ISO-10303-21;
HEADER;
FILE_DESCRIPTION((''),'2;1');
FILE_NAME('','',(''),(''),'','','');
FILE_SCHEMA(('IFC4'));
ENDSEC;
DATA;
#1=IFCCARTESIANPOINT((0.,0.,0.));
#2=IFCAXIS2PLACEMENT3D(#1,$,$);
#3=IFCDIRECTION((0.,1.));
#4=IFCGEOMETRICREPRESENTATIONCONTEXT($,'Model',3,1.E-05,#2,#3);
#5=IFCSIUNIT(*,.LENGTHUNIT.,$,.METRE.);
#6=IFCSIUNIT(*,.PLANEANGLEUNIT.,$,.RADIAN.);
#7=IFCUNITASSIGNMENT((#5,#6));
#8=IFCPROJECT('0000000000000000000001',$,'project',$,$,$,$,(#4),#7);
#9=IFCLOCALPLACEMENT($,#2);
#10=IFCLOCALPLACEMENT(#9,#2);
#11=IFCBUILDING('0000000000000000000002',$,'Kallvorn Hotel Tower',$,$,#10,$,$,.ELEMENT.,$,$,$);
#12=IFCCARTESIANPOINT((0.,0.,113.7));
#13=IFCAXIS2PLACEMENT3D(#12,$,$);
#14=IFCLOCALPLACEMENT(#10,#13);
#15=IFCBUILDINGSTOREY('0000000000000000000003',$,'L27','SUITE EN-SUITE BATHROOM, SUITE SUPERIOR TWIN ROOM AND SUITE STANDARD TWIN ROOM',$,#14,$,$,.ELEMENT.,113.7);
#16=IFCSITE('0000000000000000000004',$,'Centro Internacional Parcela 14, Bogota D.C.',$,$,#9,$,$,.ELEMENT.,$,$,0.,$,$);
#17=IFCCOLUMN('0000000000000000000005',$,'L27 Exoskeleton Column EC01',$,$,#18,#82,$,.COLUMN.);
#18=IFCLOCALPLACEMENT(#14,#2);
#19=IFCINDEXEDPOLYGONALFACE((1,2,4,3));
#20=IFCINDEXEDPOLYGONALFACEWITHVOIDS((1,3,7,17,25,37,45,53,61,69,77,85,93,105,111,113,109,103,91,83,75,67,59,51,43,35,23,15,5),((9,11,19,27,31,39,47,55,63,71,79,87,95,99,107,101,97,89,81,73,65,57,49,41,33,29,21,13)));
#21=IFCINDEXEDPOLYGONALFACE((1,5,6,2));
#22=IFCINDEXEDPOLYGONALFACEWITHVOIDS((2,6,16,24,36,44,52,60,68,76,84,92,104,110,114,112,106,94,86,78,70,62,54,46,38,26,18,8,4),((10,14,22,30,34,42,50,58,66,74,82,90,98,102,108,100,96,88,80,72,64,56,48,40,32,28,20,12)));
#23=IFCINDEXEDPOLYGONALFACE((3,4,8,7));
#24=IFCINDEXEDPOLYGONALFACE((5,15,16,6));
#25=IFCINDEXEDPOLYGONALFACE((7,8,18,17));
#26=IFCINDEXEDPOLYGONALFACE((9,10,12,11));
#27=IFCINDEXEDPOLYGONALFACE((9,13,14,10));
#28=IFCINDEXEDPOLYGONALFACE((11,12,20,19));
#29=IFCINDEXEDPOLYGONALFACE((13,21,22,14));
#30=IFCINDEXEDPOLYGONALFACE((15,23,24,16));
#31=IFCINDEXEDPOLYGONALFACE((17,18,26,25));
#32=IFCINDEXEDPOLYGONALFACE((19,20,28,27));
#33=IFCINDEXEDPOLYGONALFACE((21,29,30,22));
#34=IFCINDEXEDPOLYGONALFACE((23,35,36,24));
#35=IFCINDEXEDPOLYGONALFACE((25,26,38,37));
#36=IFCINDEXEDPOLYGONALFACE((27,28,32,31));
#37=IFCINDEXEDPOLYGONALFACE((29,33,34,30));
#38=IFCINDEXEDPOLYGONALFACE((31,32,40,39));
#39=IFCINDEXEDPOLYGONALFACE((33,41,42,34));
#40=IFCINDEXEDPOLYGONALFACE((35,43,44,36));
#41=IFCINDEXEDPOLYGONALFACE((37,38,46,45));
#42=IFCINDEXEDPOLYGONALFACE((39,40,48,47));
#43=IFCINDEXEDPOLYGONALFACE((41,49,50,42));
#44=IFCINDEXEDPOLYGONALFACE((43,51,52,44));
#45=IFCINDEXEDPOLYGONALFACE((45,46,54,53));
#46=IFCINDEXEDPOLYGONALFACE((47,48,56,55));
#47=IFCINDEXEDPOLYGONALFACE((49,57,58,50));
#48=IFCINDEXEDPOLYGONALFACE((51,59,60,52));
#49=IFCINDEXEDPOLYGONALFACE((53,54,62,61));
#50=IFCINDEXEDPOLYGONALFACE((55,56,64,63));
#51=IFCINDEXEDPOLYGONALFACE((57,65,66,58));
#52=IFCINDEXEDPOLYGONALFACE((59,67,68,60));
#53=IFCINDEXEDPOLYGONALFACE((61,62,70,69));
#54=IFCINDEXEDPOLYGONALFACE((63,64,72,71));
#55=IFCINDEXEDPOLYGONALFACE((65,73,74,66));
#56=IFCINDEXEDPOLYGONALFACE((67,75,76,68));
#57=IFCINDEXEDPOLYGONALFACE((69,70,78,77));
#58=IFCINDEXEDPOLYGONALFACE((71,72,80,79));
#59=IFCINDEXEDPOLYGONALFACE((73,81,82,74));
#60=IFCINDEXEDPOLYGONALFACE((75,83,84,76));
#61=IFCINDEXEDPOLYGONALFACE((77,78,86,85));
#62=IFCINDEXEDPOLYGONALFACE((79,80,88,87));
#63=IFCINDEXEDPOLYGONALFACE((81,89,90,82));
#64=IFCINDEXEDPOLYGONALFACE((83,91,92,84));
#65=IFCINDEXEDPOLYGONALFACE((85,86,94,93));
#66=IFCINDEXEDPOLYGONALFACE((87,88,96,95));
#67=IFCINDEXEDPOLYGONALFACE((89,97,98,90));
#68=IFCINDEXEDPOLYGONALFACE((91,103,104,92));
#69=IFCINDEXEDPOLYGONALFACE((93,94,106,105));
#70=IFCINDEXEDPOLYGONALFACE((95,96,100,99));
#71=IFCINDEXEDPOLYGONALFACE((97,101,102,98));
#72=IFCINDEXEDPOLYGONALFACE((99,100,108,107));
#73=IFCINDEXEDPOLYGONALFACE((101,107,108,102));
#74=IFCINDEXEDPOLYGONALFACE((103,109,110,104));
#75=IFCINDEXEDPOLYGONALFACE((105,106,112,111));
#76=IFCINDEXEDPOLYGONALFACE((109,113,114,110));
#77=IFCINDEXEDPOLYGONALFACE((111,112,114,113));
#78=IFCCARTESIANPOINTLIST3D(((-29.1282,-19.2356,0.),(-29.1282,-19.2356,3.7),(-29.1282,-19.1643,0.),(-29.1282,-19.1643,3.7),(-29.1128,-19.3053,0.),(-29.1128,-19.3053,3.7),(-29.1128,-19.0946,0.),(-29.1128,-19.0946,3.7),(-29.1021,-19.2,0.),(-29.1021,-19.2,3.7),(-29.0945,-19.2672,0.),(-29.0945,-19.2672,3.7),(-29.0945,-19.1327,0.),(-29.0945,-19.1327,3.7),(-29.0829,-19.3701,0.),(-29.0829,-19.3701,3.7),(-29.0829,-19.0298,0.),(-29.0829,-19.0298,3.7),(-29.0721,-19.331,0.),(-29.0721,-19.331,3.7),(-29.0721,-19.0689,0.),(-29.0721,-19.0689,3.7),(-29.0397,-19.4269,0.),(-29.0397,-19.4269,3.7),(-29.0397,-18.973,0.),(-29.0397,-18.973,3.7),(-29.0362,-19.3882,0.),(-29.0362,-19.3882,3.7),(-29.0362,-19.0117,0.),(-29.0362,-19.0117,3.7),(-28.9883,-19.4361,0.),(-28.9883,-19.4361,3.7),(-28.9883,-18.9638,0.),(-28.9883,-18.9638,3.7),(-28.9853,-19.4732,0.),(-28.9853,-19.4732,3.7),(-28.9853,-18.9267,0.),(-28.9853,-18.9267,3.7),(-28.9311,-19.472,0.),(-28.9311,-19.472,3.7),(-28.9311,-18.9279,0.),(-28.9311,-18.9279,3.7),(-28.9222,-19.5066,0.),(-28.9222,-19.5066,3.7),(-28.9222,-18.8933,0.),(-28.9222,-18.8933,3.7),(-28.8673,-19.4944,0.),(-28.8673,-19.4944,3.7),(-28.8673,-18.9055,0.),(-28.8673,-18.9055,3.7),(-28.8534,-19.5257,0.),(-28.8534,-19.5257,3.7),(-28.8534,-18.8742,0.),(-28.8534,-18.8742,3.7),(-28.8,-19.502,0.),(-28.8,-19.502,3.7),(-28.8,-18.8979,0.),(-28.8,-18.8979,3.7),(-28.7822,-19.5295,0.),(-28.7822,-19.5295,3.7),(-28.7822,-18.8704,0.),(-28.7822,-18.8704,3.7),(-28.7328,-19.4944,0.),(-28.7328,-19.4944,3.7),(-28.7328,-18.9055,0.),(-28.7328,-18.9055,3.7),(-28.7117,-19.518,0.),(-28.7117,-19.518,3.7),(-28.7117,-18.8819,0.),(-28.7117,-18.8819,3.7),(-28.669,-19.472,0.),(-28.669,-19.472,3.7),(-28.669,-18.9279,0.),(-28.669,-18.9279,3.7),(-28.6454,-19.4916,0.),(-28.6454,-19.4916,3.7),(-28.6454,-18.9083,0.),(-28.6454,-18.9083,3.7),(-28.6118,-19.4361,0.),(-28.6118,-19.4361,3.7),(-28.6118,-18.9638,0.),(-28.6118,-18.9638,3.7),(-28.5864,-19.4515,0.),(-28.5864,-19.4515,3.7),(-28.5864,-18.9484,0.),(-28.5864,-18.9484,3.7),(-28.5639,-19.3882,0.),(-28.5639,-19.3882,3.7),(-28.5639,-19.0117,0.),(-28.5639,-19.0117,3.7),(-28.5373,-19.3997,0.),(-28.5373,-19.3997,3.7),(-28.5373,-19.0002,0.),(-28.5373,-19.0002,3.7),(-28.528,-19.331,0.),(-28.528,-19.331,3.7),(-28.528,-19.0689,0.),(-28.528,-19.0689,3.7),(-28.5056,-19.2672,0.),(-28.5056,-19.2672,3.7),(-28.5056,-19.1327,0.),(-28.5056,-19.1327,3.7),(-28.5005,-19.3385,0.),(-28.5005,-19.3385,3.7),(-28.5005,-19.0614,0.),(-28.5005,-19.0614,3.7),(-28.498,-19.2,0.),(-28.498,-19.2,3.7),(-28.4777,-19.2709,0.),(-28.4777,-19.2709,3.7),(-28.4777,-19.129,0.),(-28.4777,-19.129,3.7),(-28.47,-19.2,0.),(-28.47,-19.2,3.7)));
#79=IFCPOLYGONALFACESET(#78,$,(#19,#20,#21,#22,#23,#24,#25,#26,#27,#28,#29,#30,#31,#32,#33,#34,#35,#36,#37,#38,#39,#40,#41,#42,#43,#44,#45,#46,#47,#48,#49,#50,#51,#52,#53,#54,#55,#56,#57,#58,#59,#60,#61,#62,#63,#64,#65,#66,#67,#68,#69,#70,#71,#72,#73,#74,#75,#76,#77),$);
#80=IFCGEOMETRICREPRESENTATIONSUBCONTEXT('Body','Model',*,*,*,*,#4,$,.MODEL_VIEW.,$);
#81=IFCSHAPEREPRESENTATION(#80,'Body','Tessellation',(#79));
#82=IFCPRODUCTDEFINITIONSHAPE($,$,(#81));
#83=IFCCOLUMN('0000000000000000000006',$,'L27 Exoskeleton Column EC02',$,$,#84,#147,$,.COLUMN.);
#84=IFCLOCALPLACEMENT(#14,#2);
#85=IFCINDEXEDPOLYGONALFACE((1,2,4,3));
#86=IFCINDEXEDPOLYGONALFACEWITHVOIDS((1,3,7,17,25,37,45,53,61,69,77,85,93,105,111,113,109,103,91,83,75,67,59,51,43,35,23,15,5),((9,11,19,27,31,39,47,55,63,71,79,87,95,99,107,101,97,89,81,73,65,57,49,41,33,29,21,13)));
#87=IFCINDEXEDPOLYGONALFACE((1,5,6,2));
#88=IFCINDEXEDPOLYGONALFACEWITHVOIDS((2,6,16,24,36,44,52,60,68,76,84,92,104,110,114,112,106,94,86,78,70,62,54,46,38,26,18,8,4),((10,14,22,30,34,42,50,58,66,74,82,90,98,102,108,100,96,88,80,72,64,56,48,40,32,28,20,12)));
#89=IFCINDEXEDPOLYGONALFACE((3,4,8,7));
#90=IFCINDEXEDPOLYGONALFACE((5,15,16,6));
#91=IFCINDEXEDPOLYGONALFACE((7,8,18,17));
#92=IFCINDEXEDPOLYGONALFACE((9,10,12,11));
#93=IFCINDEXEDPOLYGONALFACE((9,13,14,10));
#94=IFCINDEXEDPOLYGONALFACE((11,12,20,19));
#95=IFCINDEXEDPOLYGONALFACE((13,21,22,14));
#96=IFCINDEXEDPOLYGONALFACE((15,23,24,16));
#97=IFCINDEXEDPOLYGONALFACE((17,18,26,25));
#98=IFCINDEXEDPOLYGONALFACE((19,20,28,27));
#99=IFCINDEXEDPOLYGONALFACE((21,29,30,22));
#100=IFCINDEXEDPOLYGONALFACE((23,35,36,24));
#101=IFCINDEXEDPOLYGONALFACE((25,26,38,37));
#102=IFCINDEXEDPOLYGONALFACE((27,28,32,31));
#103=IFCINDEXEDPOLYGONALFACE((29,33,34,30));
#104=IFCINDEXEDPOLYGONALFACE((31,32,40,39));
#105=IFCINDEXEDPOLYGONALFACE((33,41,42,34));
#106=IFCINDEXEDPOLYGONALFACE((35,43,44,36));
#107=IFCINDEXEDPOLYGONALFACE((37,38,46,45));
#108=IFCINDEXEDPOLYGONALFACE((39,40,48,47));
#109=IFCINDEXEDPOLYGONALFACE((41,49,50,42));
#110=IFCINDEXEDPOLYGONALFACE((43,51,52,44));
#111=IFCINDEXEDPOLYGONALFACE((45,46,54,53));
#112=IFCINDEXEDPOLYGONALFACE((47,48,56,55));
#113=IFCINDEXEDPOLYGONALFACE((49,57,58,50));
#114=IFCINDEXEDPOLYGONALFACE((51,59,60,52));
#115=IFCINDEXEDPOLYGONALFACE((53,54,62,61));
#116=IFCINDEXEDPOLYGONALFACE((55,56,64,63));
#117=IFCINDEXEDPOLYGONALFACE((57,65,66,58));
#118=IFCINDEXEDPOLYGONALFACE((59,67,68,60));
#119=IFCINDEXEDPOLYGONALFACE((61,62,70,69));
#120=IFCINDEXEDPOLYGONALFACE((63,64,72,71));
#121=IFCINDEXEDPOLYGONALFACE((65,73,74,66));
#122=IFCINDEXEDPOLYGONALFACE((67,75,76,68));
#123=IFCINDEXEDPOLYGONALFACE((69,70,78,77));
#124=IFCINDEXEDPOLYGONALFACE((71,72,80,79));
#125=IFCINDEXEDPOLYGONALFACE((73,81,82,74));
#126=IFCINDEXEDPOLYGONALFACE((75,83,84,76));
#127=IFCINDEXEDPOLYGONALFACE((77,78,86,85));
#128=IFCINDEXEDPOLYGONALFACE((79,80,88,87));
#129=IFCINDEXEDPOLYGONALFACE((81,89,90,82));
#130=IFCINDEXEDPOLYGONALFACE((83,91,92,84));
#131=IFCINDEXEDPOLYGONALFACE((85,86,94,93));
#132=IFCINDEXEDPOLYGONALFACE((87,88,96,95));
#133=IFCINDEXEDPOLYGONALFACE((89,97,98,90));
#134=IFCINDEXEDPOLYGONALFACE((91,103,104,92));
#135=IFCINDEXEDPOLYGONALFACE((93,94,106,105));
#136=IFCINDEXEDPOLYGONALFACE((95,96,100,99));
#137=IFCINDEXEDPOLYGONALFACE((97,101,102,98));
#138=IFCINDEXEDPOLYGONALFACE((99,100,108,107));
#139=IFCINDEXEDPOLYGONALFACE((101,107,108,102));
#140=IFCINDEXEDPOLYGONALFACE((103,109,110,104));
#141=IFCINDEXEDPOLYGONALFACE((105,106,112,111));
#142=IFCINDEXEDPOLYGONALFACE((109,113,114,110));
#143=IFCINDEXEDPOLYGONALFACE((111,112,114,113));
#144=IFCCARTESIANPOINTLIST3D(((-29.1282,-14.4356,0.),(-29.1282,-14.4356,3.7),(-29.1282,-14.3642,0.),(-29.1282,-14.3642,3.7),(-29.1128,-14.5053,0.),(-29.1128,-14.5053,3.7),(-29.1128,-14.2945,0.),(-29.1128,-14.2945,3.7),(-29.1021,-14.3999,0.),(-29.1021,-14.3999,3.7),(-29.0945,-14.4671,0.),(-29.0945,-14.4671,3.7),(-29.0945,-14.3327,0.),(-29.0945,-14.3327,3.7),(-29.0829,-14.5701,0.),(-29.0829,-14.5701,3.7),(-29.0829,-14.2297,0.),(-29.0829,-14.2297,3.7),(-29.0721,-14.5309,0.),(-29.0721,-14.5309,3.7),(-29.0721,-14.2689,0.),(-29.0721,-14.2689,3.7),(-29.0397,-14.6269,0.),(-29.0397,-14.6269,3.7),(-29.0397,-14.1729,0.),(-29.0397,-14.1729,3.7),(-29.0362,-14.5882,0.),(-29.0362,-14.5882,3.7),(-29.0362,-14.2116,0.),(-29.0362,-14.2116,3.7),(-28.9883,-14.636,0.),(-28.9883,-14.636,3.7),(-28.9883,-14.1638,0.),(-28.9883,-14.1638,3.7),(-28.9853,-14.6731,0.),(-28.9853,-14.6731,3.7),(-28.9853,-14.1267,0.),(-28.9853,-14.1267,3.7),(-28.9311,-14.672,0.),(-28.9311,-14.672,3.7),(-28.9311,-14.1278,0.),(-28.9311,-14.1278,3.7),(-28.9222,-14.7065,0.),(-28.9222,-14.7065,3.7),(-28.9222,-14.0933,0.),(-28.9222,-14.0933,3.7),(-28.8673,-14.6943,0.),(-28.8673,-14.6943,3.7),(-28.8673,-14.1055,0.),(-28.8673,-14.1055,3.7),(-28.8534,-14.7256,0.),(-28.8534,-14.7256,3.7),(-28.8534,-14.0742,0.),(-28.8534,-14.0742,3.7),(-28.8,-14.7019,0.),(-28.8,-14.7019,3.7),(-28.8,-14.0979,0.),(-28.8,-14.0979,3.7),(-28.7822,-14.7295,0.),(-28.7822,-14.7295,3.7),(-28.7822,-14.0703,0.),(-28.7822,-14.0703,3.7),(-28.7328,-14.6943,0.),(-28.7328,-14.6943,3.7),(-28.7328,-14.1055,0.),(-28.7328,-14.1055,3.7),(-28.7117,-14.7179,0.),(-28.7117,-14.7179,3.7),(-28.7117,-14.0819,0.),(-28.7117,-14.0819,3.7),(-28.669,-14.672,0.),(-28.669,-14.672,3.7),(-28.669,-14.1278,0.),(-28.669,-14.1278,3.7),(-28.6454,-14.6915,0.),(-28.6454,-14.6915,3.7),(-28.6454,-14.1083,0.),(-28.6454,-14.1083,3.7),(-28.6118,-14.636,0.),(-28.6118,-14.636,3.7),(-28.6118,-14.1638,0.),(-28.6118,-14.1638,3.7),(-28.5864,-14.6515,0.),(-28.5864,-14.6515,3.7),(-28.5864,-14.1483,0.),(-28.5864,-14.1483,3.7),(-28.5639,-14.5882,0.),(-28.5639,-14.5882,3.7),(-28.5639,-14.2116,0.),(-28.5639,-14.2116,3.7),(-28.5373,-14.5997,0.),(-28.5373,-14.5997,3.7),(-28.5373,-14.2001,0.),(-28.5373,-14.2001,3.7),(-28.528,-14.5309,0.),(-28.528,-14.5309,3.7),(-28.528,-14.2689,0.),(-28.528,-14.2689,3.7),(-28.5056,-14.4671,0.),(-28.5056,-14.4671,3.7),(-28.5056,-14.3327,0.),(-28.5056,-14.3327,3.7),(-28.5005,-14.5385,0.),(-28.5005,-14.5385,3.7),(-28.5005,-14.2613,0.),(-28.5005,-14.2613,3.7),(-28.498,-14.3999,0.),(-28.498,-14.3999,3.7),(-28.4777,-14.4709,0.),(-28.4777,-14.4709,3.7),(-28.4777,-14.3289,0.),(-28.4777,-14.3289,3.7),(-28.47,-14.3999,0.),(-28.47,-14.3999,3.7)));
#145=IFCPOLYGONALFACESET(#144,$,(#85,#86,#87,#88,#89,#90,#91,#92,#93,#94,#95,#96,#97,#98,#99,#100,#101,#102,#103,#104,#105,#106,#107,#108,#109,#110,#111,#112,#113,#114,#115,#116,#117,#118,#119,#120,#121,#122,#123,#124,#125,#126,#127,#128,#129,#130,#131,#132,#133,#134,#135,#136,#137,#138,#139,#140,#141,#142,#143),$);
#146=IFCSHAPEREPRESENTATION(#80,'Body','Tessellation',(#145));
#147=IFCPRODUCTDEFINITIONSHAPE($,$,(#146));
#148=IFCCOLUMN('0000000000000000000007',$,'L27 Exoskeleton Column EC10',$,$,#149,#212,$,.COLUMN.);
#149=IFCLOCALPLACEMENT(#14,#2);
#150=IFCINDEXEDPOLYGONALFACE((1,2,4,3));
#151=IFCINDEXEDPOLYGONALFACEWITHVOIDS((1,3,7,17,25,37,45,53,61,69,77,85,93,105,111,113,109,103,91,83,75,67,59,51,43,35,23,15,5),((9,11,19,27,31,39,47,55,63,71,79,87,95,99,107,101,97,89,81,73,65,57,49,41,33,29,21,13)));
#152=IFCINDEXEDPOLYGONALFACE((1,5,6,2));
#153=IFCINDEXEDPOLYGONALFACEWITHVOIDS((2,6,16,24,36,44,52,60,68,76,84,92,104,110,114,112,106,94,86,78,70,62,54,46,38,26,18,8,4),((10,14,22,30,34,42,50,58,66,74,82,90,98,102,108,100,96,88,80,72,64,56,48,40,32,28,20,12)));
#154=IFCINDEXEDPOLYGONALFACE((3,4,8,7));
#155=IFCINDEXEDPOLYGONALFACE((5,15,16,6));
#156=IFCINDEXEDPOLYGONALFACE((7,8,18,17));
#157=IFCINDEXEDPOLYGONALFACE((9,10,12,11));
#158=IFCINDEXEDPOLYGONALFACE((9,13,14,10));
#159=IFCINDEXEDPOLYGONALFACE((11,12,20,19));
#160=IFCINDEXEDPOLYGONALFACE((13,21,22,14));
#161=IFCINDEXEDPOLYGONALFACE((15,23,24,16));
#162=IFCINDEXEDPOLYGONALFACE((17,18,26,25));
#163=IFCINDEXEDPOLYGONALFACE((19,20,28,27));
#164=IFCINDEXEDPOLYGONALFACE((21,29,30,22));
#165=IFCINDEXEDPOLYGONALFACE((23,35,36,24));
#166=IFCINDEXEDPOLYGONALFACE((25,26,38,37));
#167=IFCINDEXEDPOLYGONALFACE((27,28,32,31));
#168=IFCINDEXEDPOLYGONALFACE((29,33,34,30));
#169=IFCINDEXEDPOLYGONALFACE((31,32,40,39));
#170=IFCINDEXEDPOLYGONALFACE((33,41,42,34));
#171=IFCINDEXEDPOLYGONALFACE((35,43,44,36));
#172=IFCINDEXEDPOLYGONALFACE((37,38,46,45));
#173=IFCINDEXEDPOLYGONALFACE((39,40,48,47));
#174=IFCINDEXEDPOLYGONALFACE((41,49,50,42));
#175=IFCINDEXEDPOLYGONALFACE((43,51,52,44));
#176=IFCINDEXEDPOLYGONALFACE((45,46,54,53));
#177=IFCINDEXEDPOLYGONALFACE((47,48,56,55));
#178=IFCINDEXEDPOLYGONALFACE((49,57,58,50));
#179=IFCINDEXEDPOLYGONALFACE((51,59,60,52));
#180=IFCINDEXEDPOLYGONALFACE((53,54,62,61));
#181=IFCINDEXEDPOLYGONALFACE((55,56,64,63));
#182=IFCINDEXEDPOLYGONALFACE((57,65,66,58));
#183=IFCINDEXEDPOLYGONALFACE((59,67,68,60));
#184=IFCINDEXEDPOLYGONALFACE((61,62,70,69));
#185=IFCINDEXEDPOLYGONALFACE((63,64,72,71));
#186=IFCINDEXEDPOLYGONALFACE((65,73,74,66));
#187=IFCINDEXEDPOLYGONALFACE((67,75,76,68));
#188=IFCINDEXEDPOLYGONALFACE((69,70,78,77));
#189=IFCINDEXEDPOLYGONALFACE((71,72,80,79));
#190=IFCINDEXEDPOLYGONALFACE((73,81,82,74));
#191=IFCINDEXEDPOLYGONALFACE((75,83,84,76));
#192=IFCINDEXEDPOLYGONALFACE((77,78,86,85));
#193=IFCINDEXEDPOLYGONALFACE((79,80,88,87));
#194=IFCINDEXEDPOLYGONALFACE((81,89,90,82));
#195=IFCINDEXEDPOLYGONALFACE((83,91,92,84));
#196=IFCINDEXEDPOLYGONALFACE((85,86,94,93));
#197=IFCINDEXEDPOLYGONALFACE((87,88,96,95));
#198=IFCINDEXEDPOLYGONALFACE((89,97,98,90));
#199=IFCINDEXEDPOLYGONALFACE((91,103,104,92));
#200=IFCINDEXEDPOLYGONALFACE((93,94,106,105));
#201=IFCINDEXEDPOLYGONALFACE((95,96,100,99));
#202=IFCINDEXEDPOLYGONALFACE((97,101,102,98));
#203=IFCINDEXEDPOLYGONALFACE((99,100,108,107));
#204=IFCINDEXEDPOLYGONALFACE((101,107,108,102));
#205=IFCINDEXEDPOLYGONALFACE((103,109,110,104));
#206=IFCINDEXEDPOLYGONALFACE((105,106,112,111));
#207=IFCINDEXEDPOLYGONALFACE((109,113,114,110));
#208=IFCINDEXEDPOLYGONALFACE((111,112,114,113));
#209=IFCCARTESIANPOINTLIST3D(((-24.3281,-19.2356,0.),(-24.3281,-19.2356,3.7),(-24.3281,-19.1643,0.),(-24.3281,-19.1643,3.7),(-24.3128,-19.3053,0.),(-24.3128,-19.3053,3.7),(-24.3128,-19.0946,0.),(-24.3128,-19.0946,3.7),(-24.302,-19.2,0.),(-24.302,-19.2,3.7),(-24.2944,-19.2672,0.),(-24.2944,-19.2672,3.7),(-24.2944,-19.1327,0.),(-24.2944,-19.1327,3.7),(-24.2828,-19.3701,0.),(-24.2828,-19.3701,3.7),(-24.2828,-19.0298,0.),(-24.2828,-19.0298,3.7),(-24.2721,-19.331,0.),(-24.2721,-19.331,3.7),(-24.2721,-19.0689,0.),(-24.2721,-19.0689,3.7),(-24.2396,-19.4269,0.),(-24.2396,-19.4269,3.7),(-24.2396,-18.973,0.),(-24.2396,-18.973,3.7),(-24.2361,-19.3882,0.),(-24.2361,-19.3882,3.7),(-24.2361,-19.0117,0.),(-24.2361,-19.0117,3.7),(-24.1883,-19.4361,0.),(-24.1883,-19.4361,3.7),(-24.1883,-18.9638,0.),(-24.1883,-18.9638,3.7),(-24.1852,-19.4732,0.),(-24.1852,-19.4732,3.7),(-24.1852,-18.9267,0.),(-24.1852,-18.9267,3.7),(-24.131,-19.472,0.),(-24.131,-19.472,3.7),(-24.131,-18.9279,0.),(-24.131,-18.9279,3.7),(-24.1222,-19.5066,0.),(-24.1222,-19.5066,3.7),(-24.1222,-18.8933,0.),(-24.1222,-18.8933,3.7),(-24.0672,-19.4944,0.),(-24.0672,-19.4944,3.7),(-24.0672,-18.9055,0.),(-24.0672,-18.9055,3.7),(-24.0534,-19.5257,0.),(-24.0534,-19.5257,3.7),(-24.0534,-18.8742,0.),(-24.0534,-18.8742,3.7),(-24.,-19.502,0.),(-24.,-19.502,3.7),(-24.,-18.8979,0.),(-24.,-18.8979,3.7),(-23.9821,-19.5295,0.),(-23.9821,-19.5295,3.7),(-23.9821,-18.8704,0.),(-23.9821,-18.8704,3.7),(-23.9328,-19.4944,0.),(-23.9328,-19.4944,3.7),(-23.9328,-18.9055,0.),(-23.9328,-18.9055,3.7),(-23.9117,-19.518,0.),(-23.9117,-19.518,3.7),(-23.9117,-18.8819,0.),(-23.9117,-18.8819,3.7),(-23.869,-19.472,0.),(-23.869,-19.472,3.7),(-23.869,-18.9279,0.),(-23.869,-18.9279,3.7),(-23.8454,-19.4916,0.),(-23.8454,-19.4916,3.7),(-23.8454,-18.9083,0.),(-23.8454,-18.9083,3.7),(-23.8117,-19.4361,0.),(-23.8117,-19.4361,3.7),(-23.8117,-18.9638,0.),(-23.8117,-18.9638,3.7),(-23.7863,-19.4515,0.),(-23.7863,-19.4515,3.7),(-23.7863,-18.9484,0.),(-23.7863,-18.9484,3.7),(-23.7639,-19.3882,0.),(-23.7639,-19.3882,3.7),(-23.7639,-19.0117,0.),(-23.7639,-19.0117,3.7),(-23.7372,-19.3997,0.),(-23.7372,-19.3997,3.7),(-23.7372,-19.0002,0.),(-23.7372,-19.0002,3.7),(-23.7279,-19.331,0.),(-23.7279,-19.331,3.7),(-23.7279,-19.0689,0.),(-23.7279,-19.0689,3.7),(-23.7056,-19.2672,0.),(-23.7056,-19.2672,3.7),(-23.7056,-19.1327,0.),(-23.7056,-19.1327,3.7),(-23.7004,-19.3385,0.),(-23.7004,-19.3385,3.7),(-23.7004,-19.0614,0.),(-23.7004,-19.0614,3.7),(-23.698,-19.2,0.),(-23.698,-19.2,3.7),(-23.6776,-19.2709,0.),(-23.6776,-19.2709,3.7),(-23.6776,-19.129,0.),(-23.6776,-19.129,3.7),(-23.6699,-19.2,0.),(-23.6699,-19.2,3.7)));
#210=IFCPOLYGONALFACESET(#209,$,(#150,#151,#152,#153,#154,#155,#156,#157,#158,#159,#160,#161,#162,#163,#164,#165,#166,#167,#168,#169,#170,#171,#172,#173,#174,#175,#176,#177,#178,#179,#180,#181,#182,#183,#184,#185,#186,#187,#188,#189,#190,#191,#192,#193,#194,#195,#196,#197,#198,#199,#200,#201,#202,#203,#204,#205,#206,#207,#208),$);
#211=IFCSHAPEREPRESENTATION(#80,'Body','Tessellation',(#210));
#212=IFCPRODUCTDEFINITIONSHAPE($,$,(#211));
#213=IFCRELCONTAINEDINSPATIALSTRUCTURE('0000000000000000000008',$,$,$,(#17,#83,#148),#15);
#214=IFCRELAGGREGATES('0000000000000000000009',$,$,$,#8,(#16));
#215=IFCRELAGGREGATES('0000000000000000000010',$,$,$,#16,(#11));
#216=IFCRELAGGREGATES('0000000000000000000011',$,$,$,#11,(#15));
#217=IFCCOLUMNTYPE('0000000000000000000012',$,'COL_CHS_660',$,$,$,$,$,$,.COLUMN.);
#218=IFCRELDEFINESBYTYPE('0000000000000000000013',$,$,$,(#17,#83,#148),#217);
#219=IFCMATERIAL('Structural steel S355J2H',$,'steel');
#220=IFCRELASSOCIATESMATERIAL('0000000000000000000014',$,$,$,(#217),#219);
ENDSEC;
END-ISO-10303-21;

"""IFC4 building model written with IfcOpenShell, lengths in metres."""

from ifc_helpers import new_model, si_unit, direction, frame, origin, origin_2d, place, context, subcontext, project, spatial, hollow_circle, extrude, material, material_profile, profile_set, type_object, element, save


model = new_model("IFC4")

# Units and contexts
model_context = context("Model", 3, precision=1e-05, world=origin(), true_north=direction((0.0, 1.0)))
body_context = subcontext(model_context, "Body", "Model", "MODEL_VIEW")
ifc_project = project(units=[si_unit("LENGTHUNIT", "METRE"), si_unit("PLANEANGLEUNIT", "RADIAN")], contexts=[model_context])

# Site, building, storey
site_placement = place(None, origin())
site = spatial("IfcSite", under=ifc_project, at=site_placement, Name="Centro Internacional Parcela 14, Bogota D.C.", CompositionType="ELEMENT", RefElevation=0.0)
building_placement = place(site_placement, origin())
building = spatial("IfcBuilding", under=site, at=building_placement, Name="Kallvorn Hotel Tower", CompositionType="ELEMENT")
storey_placement = place(building_placement, frame((0.0, 0.0, 113.7)))
storey = spatial("IfcBuildingStorey", under=building, at=storey_placement, Name="L27", Description="SUITE EN-SUITE BATHROOM, SUITE SUPERIOR TWIN ROOM AND SUITE STANDARD TWIN ROOM", CompositionType="ELEMENT", Elevation=113.7)

# Columns
ifc_material_1 = material(Name="Structural steel S355J2H", Category="steel")
ifc_material_profile_1 = material_profile(ifc_material_1, hollow_circle(Radius=0.3301, WallThickness=0.0281, at=origin_2d()), Name="CHS 660x28")
ifc_profile_set_1 = profile_set([ifc_material_profile_1], Name="Structural steel S355J2H")
column_type_1 = type_object("IfcColumnType", Name="COL_CHS_660", PredefinedType="COLUMN", material=ifc_profile_set_1)
for number, where, z_axis, x_axis, name in (
    (1, (-28.8, -19.2, 0.0), (0.0, 0.0, 1.0), (1.0, 0.0, 0.0), "L27 Exoskeleton Column EC01"),
    (2, (-28.8, -14.3999, 0.0), (0.0, 0.0, 1.0), (1.0, 0.0, 0.0), "L27 Exoskeleton Column EC02"),
    (3, (-24.0, -19.2, 0.0), (0.0, 0.0, 1.0), (1.0, 0.0, 0.0), "L27 Exoskeleton Column EC10"),
):
    element("IfcColumn", number, at=place(storey_placement, frame(where, z_axis=z_axis, x_axis=x_axis)), inside=storey, type_object=column_type_1, Name=name, PredefinedType="COLUMN", context=body_context, shape_type="SweptSolid", body=[
        extrude(hollow_circle(Radius=0.3301, WallThickness=0.0281, at=origin_2d()), origin(), (0.0, 0.0, 1.0), 3.7),
    ])

save(model, "model.ifc")
